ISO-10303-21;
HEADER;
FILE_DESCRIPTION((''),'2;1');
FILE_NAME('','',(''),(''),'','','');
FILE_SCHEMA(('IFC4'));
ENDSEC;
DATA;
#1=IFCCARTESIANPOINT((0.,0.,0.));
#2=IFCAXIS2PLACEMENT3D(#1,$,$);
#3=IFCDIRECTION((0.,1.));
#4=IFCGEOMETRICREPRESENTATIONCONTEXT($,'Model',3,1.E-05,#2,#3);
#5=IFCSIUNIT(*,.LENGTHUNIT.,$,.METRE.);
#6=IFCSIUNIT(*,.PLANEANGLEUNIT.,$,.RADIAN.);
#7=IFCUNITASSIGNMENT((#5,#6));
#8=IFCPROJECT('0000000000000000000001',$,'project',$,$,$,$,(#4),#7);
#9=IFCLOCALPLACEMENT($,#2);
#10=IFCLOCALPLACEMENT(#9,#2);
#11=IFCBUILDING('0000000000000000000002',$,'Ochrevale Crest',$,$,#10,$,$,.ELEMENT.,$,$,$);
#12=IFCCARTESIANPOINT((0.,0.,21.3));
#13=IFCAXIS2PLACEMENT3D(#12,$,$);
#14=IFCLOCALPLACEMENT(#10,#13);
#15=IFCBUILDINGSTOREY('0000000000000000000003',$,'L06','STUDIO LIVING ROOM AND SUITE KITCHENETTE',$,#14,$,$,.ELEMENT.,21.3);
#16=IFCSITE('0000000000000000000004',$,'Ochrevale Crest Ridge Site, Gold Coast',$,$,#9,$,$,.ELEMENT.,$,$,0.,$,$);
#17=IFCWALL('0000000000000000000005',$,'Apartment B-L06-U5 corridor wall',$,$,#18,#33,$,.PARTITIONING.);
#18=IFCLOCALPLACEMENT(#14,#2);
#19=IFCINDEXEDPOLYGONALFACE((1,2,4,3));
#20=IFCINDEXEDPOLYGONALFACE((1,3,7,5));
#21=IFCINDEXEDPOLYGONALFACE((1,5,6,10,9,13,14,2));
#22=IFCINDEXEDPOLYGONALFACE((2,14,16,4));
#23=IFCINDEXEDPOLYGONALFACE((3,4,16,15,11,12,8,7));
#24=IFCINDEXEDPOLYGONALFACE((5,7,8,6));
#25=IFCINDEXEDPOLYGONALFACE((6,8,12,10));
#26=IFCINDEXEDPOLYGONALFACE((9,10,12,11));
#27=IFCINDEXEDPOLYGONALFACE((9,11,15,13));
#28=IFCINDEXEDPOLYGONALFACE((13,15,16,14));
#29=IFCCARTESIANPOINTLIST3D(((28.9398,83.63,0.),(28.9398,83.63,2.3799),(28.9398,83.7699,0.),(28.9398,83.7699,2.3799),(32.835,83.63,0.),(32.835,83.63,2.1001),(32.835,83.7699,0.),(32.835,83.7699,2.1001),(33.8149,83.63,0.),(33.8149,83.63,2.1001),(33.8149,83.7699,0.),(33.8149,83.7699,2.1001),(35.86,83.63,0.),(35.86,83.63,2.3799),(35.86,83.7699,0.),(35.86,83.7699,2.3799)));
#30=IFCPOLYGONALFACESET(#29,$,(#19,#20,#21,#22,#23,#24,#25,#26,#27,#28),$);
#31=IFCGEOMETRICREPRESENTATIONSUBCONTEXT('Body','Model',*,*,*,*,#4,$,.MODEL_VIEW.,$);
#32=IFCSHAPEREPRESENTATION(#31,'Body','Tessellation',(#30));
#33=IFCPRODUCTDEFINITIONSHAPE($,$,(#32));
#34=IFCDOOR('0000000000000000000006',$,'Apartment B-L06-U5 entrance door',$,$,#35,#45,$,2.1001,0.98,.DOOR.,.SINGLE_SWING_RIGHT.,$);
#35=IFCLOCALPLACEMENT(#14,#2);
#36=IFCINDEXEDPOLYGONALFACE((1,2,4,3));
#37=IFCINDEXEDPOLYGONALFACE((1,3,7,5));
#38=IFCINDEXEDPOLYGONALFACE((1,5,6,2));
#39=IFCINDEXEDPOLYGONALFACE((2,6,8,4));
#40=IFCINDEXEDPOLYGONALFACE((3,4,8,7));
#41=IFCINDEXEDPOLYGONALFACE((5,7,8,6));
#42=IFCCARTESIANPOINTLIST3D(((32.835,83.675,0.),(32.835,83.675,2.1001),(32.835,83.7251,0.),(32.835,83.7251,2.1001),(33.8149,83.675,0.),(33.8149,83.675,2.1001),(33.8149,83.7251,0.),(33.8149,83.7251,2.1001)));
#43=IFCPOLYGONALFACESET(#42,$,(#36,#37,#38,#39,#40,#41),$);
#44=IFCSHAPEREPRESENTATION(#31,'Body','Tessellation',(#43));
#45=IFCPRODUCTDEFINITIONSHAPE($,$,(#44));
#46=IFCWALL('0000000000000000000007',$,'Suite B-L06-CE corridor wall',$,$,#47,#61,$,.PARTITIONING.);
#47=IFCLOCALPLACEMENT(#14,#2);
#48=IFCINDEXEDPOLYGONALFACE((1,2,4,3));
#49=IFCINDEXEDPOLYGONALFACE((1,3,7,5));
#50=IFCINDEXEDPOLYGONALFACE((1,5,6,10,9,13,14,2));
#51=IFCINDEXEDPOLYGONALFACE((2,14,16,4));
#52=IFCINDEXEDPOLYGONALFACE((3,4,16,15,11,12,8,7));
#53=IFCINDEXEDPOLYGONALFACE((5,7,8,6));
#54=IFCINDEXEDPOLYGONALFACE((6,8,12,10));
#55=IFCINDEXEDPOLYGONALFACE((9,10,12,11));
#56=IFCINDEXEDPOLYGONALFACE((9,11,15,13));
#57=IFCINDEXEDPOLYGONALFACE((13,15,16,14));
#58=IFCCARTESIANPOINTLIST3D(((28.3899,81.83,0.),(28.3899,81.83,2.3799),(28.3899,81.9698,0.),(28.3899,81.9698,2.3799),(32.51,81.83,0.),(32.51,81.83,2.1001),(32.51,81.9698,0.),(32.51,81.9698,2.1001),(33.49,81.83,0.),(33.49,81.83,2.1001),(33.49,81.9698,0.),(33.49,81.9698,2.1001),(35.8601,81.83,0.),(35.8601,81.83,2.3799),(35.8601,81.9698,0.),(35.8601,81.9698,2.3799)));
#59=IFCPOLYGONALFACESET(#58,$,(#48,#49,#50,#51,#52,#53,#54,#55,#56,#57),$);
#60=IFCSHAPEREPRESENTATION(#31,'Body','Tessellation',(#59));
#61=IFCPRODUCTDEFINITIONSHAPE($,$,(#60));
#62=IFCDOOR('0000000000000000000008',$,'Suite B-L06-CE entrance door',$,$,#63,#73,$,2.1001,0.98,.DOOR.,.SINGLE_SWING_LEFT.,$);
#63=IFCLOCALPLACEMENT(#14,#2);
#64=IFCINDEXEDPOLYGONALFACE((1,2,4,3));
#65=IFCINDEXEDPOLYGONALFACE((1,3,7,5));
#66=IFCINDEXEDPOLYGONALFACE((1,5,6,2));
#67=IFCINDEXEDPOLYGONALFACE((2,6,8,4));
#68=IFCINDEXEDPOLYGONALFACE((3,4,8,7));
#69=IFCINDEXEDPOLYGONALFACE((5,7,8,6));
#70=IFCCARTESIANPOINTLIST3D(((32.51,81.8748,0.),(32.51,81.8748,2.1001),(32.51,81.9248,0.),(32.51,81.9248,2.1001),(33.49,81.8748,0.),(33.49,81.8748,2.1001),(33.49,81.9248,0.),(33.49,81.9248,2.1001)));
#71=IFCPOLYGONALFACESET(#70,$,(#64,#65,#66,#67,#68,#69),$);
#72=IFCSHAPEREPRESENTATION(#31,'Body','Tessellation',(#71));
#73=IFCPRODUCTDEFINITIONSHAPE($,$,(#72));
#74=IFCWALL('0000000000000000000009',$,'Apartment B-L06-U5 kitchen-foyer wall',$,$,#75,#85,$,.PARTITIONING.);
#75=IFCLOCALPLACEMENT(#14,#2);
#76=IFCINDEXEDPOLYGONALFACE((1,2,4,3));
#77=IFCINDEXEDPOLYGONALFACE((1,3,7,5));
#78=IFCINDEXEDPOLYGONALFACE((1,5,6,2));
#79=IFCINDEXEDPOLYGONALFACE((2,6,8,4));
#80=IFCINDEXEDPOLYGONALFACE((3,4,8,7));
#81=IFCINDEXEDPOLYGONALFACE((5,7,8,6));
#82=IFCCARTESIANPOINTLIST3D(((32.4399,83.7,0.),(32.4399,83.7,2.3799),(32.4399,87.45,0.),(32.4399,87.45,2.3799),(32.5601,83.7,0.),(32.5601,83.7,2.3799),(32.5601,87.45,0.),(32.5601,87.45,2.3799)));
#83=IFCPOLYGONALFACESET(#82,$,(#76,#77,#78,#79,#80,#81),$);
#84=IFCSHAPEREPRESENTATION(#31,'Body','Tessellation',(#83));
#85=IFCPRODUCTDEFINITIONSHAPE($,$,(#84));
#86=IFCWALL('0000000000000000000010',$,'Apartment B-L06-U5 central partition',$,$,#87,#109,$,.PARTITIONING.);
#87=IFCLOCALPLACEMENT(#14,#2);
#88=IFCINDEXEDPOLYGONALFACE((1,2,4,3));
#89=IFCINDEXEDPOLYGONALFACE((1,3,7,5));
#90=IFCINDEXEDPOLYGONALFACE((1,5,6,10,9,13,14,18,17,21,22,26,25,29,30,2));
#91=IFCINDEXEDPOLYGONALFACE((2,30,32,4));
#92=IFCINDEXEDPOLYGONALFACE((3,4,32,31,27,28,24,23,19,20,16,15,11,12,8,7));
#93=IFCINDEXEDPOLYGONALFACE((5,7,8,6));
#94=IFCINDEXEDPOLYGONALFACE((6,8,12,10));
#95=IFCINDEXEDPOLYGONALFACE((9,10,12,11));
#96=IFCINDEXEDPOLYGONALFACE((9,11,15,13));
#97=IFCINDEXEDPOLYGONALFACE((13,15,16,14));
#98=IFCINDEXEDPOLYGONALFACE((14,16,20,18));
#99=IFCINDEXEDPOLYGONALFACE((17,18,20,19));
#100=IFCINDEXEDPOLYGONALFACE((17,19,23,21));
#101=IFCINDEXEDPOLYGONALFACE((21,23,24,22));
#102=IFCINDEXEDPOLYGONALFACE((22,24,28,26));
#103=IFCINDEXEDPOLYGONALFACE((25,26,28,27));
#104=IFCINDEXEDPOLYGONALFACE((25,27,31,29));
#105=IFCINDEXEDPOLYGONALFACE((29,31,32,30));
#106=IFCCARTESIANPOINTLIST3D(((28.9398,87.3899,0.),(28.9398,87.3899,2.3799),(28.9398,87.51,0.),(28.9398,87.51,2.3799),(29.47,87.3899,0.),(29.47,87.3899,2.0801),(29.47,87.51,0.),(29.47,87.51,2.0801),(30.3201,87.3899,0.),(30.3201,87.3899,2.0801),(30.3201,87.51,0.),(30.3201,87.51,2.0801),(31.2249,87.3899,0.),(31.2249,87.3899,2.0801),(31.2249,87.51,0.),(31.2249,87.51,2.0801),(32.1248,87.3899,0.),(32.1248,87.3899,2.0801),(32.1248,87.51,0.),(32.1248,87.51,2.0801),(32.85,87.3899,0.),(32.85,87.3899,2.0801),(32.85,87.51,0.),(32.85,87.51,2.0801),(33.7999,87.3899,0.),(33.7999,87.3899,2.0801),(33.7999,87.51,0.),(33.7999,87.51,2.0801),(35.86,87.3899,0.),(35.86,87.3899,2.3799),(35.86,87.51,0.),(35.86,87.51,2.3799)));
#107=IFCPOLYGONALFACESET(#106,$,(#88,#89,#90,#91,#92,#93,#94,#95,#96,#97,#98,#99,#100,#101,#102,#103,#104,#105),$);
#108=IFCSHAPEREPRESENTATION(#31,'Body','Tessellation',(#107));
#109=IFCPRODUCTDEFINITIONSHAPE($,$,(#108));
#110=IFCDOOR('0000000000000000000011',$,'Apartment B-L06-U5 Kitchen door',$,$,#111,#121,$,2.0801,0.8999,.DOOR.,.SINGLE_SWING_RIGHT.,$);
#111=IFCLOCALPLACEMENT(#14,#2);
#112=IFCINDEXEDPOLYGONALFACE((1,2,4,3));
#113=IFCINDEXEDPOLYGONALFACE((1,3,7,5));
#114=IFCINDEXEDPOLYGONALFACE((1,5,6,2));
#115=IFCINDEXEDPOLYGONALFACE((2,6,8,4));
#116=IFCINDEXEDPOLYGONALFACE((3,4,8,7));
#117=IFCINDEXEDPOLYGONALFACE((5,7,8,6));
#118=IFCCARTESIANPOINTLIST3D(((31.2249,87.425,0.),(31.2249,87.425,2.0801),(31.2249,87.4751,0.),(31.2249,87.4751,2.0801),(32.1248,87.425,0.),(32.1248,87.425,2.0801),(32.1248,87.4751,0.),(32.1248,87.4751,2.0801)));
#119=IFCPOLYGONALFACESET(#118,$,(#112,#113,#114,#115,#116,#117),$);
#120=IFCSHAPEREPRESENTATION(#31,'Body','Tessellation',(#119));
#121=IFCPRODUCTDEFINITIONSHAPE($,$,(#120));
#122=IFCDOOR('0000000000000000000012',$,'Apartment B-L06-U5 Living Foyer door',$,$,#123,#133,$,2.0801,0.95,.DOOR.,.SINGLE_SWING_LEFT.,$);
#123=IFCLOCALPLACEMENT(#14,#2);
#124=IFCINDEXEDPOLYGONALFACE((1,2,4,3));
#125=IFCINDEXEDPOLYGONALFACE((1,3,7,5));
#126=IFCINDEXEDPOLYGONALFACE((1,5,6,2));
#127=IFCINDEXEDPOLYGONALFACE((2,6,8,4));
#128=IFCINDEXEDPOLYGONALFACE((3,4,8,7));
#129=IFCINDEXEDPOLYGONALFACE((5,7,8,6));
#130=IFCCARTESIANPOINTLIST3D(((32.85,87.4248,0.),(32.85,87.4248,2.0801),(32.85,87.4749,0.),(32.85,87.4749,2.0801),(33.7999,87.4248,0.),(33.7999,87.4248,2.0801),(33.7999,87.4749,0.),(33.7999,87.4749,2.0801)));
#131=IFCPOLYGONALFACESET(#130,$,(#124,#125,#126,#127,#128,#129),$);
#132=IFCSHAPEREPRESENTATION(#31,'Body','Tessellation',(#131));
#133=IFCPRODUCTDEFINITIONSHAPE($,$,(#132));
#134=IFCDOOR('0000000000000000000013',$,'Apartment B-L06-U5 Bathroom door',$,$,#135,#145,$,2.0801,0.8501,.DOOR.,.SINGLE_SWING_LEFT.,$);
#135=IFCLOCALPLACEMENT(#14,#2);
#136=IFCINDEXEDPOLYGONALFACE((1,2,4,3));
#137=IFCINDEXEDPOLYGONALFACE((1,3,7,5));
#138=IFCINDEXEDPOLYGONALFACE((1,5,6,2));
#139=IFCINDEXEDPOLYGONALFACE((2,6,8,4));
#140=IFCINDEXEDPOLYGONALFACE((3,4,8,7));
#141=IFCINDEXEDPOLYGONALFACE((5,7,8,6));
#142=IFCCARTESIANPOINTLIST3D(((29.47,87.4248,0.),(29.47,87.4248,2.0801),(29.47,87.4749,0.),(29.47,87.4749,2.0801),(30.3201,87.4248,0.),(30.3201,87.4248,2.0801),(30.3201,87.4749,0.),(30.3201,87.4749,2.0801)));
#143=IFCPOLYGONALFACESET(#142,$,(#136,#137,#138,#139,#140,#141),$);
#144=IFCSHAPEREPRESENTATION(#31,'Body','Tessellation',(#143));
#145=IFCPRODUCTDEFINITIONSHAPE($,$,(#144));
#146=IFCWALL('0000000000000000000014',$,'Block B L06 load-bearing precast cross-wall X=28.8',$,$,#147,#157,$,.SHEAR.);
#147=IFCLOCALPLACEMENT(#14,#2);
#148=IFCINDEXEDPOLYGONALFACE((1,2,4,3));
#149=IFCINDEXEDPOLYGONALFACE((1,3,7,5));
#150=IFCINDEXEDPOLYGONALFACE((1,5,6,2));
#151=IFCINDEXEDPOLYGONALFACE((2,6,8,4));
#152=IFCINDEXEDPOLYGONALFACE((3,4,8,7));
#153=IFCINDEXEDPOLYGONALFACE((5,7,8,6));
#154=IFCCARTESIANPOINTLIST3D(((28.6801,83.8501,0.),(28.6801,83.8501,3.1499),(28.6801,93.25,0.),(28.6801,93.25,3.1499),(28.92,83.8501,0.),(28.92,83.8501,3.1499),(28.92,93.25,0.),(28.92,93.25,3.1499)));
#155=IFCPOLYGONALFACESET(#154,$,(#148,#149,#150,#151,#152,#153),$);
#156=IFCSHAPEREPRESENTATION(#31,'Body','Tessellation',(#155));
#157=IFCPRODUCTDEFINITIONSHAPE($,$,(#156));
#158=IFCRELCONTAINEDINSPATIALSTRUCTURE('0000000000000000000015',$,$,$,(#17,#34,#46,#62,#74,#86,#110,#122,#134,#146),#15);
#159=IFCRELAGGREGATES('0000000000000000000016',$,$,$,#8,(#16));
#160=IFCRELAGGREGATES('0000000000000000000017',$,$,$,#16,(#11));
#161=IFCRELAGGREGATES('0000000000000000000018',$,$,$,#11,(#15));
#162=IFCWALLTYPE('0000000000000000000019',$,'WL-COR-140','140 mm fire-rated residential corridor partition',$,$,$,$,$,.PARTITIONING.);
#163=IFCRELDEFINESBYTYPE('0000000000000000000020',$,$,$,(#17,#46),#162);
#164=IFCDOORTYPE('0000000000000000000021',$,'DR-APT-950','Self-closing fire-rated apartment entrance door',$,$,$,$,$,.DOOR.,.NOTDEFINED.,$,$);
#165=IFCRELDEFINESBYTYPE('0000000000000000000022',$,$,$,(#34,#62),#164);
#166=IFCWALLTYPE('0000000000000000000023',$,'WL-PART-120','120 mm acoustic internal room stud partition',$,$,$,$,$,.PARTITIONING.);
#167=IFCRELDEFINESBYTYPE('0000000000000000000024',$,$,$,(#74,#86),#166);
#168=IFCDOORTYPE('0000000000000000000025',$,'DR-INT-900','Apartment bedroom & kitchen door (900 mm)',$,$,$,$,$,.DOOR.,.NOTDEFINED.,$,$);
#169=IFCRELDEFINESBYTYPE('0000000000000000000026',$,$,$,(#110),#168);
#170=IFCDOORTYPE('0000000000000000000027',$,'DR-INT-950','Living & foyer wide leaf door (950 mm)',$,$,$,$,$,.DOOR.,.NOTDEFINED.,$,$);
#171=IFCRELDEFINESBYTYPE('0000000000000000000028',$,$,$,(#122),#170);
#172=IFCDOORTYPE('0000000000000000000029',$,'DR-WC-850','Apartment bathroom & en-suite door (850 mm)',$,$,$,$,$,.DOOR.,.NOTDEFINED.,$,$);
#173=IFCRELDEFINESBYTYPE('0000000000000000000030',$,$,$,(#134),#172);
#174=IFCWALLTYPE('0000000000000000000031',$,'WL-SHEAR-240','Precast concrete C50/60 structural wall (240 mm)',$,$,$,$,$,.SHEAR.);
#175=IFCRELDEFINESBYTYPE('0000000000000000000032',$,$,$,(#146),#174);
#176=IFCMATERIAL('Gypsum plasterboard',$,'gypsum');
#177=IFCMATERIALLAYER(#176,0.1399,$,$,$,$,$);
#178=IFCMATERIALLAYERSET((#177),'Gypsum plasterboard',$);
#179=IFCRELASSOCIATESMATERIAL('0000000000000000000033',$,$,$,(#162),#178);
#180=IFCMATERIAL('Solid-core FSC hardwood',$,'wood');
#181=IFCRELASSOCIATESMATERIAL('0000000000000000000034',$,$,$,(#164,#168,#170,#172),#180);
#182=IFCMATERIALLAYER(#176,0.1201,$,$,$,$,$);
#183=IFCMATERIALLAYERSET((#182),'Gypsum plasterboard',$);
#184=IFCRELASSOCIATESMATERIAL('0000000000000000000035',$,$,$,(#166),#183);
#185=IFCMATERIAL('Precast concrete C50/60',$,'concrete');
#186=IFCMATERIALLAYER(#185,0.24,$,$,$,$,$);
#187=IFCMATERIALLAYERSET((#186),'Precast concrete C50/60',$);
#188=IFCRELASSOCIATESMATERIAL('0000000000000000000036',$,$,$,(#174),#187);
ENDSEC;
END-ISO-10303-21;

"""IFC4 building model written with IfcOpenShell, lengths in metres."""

from ifc_helpers import new_model, si_unit, direction, frame, frame_2d, origin, place, context, subcontext, project, spatial, rectangle, extrude, material, layer, layer_set, type_object, element, fill, save


model = new_model("IFC4")

# Units and contexts
model_context = context("Model", 3, precision=1e-05, world=origin(), true_north=direction((0.0, 1.0)))
body_context = subcontext(model_context, "Body", "Model", "MODEL_VIEW")
ifc_project = project(units=[si_unit("LENGTHUNIT", "METRE"), si_unit("PLANEANGLEUNIT", "RADIAN")], contexts=[model_context])

# Site, building, storey
site_placement = place(None, origin())
site = spatial("IfcSite", under=ifc_project, at=site_placement, Name="Ochrevale Crest Ridge Site, Gold Coast", CompositionType="ELEMENT", RefElevation=0.0)
building_placement = place(site_placement, origin())
building = spatial("IfcBuilding", under=site, at=building_placement, Name="Ochrevale Crest", CompositionType="ELEMENT")
storey_placement = place(building_placement, frame((0.0, 0.0, 21.3)))
storey = spatial("IfcBuildingStorey", under=building, at=storey_placement, Name="L06", Description="STUDIO LIVING ROOM AND SUITE KITCHENETTE", CompositionType="ELEMENT", Elevation=21.3)

# Shared definitions
ifc_material_1 = material(Name="Precast concrete C50/60", Category="concrete")

# Walls, openings, doors
ifc_material_2 = material(Name="Gypsum plasterboard", Category="gypsum")
ifc_layer_1 = layer(ifc_material_2, 0.1399)
ifc_layer_set_1 = layer_set([ifc_layer_1], Name="Gypsum plasterboard")
wall_type_1 = type_object("IfcWallType", Name="WL-COR-140", Description="140 mm fire-rated residential corridor partition", PredefinedType="PARTITIONING", material=ifc_layer_set_1)
wall_1_placement = place(storey_placement, frame((28.9399, 83.7, 0.0), z_axis=(0.0, 0.0, 1.0), x_axis=(1.0, 0.0, 0.0)))
wall_1 = element("IfcWall", 1, at=wall_1_placement, inside=storey, type_object=wall_type_1, Name="Apartment B-L06-U5 corridor wall", PredefinedType="PARTITIONING", context=body_context, shape_type="SweptSolid", body=[
    extrude(rectangle(XDim=6.9202, YDim=0.1399, at=frame_2d((3.46, 0.0))), origin(), (0.0, 0.0, 1.0), 2.3799),
])
opening_1_placement = place(wall_1_placement, frame((4.875, 0.0, 0.0), z_axis=(0.0, 0.0, 1.0), x_axis=(-1.0, 0.0, 0.0)))
opening_1 = element("IfcOpeningElement", 2, at=opening_1_placement, cuts=wall_1, PredefinedType="OPENING", context=body_context, shape_type="SweptSolid", body=[
    extrude(rectangle(XDim=0.98, YDim=2.1001, at=frame_2d((0.49, 1.05))), frame((0.0, 0.0801, 0.0), z_axis=(0.0, -1.0, 0.0), x_axis=(1.0, 0.0, 0.0)), (0.0, 0.0, 1.0), 0.1599),
])
ifc_material_3 = material(Name="Solid-core FSC hardwood", Category="wood")
door_type_1 = type_object("IfcDoorType", Name="DR-APT-950", Description="Self-closing fire-rated apartment entrance door", OperationType="NOTDEFINED", PredefinedType="DOOR", material=ifc_material_3)
door_1_placement = place(opening_1_placement, origin())
door_1 = element("IfcDoor", 3, at=door_1_placement, inside=storey, type_object=door_type_1, Name="Apartment B-L06-U5 entrance door", OperationType="SINGLE_SWING_RIGHT", OverallHeight=2.1001, OverallWidth=0.98, PredefinedType="DOOR", context=body_context, shape_type="SweptSolid", body=[
    extrude(rectangle(XDim=0.98, YDim=2.1001, at=frame_2d((0.49, 1.05))), frame((0.0, 0.0249, 0.0), z_axis=(0.0, -1.0, 0.0), x_axis=(1.0, 0.0, 0.0)), (0.0, 0.0, 1.0), 0.05),
])
fill(opening_1, door_1)
wall_2_placement = place(storey_placement, frame((28.3899, 81.8999, 0.0), z_axis=(0.0, 0.0, 1.0), x_axis=(1.0, 0.0, 0.0)))
wall_2 = element("IfcWall", 4, at=wall_2_placement, inside=storey, type_object=wall_type_1, Name="Suite B-L06-CE corridor wall", PredefinedType="PARTITIONING", context=body_context, shape_type="SweptSolid", body=[
    extrude(rectangle(XDim=7.4702, YDim=0.1399, at=frame_2d((3.7351, 0.0))), origin(), (0.0, 0.0, 1.0), 2.3799),
])
opening_2_placement = place(wall_2_placement, frame((4.1201, 0.0, 0.0)))
opening_2 = element("IfcOpeningElement", 5, at=opening_2_placement, cuts=wall_2, PredefinedType="OPENING", context=body_context, shape_type="SweptSolid", body=[
    extrude(rectangle(XDim=0.98, YDim=2.1001, at=frame_2d((0.49, 1.05))), frame((0.0, 0.0801, 0.0), z_axis=(0.0, -1.0, 0.0), x_axis=(1.0, 0.0, 0.0)), (0.0, 0.0, 1.0), 0.1599),
])
door_2_placement = place(opening_2_placement, origin())
door_2 = element("IfcDoor", 6, at=door_2_placement, inside=storey, type_object=door_type_1, Name="Suite B-L06-CE entrance door", OperationType="SINGLE_SWING_LEFT", OverallHeight=2.1001, OverallWidth=0.98, PredefinedType="DOOR", context=body_context, shape_type="SweptSolid", body=[
    extrude(rectangle(XDim=0.98, YDim=2.1001, at=frame_2d((0.49, 1.05))), frame((0.0, 0.0249, 0.0), z_axis=(0.0, -1.0, 0.0), x_axis=(1.0, 0.0, 0.0)), (0.0, 0.0, 1.0), 0.05),
])
fill(opening_2, door_2)

# Wall
ifc_layer_2 = layer(ifc_material_2, 0.1201)
ifc_layer_set_2 = layer_set([ifc_layer_2], Name="Gypsum plasterboard")
wall_type_2 = type_object("IfcWallType", Name="WL-PART-120", Description="120 mm acoustic internal room stud partition", PredefinedType="PARTITIONING", material=ifc_layer_set_2)
wall_3_placement = place(storey_placement, frame((32.5, 83.7, 0.0), z_axis=(0.0, 0.0, 1.0), x_axis=(0.0, 1.0, 0.0)))
element("IfcWall", 7, at=wall_3_placement, inside=storey, type_object=wall_type_2, Name="Apartment B-L06-U5 kitchen-foyer wall", PredefinedType="PARTITIONING", context=body_context, shape_type="SweptSolid", body=[
    extrude(rectangle(XDim=3.75, YDim=0.1201, at=frame_2d((1.875, 0.0))), origin(), (0.0, 0.0, 1.0), 2.3799),
])

# Wall, openings, doors
wall_4_placement = place(storey_placement, frame((28.9399, 87.45, 0.0), z_axis=(0.0, 0.0, 1.0), x_axis=(1.0, 0.0, 0.0)))
wall_4 = element("IfcWall", 8, at=wall_4_placement, inside=storey, type_object=wall_type_2, Name="Apartment B-L06-U5 central partition", PredefinedType="PARTITIONING", context=body_context, shape_type="SweptSolid", body=[
    extrude(rectangle(XDim=6.9202, YDim=0.1201, at=frame_2d((3.46, 0.0))), origin(), (0.0, 0.0, 1.0), 2.3799),
])
opening_3_placement = place(wall_4_placement, frame((0.53, 0.0, 0.0)))
opening_3 = element("IfcOpeningElement", 9, at=opening_3_placement, cuts=wall_4, PredefinedType="OPENING", context=body_context, shape_type="SweptSolid", body=[
    extrude(rectangle(XDim=0.8501, YDim=2.0801, at=frame_2d((0.425, 1.04))), frame((0.0, 0.0701, 0.0), z_axis=(0.0, -1.0, 0.0), x_axis=(1.0, 0.0, 0.0)), (0.0, 0.0, 1.0), 0.1401),
])
opening_4_placement = place(wall_4_placement, frame((3.1848, 0.0, 0.0), z_axis=(0.0, 0.0, 1.0), x_axis=(-1.0, 0.0, 0.0)))
opening_4 = element("IfcOpeningElement", 10, at=opening_4_placement, cuts=wall_4, PredefinedType="OPENING", context=body_context, shape_type="SweptSolid", body=[
    extrude(rectangle(XDim=0.8999, YDim=2.0801, at=frame_2d((0.45, 1.04))), frame((0.0, 0.0701, 0.0), z_axis=(0.0, -1.0, 0.0), x_axis=(1.0, 0.0, 0.0)), (0.0, 0.0, 1.0), 0.1401),
])
opening_5_placement = place(wall_4_placement, frame((3.9099, 0.0, 0.0)))
opening_5 = element("IfcOpeningElement", 11, at=opening_5_placement, cuts=wall_4, PredefinedType="OPENING", context=body_context, shape_type="SweptSolid", body=[
    extrude(rectangle(XDim=0.95, YDim=2.0801, at=frame_2d((0.4751, 1.04))), frame((0.0, 0.0701, 0.0), z_axis=(0.0, -1.0, 0.0), x_axis=(1.0, 0.0, 0.0)), (0.0, 0.0, 1.0), 0.1401),
])
door_type_2 = type_object("IfcDoorType", Name="DR-INT-900", Description="Apartment bedroom & kitchen door (900 mm)", OperationType="NOTDEFINED", PredefinedType="DOOR", material=ifc_material_3)
door_3_placement = place(opening_4_placement, origin())
door_3 = element("IfcDoor", 12, at=door_3_placement, inside=storey, type_object=door_type_2, Name="Apartment B-L06-U5 Kitchen door", OperationType="SINGLE_SWING_RIGHT", OverallHeight=2.0801, OverallWidth=0.8999, PredefinedType="DOOR", context=body_context, shape_type="SweptSolid", body=[
    extrude(rectangle(XDim=0.8999, YDim=2.0801, at=frame_2d((0.45, 1.04))), frame((0.0, 0.0249, 0.0), z_axis=(0.0, -1.0, 0.0), x_axis=(1.0, 0.0, 0.0)), (0.0, 0.0, 1.0), 0.05),
])
fill(opening_4, door_3)
door_type_3 = type_object("IfcDoorType", Name="DR-INT-950", Description="Living & foyer wide leaf door (950 mm)", OperationType="NOTDEFINED", PredefinedType="DOOR", material=ifc_material_3)
door_4_placement = place(opening_5_placement, origin())
door_4 = element("IfcDoor", 13, at=door_4_placement, inside=storey, type_object=door_type_3, Name="Apartment B-L06-U5 Living Foyer door", OperationType="SINGLE_SWING_LEFT", OverallHeight=2.0801, OverallWidth=0.95, PredefinedType="DOOR", context=body_context, shape_type="SweptSolid", body=[
    extrude(rectangle(XDim=0.95, YDim=2.0801, at=frame_2d((0.4751, 1.04))), frame((0.0, 0.0249, 0.0), z_axis=(0.0, -1.0, 0.0), x_axis=(1.0, 0.0, 0.0)), (0.0, 0.0, 1.0), 0.05),
])
fill(opening_5, door_4)
door_type_4 = type_object("IfcDoorType", Name="DR-WC-850", Description="Apartment bathroom & en-suite door (850 mm)", OperationType="NOTDEFINED", PredefinedType="DOOR", material=ifc_material_3)
door_5_placement = place(opening_3_placement, origin())
door_5 = element("IfcDoor", 14, at=door_5_placement, inside=storey, type_object=door_type_4, Name="Apartment B-L06-U5 Bathroom door", OperationType="SINGLE_SWING_LEFT", OverallHeight=2.0801, OverallWidth=0.8501, PredefinedType="DOOR", context=body_context, shape_type="SweptSolid", body=[
    extrude(rectangle(XDim=0.8501, YDim=2.0801, at=frame_2d((0.425, 1.04))), frame((0.0, 0.0249, 0.0), z_axis=(0.0, -1.0, 0.0), x_axis=(1.0, 0.0, 0.0)), (0.0, 0.0, 1.0), 0.05),
])
fill(opening_3, door_5)

# Wall
ifc_layer_3 = layer(ifc_material_1, 0.24)
ifc_layer_set_3 = layer_set([ifc_layer_3], Name="Precast concrete C50/60")
wall_type_3 = type_object("IfcWallType", Name="WL-SHEAR-240", Description="Precast concrete C50/60 structural wall (240 mm)", PredefinedType="SHEAR", material=ifc_layer_set_3)
wall_5_placement = place(storey_placement, frame((28.8, 83.8501, 0.0), z_axis=(0.0, 0.0, 1.0), x_axis=(0.0, 1.0, 0.0)))
element("IfcWall", 15, at=wall_5_placement, inside=storey, type_object=wall_type_3, Name="Block B L06 load-bearing precast cross-wall X=28.8", PredefinedType="SHEAR", context=body_context, shape_type="SweptSolid", body=[
    extrude(rectangle(XDim=9.3999, YDim=0.24, at=frame_2d((4.7, 0.0))), origin(), (0.0, 0.0, 1.0), 3.1499),
])

save(model, "model.ifc")
